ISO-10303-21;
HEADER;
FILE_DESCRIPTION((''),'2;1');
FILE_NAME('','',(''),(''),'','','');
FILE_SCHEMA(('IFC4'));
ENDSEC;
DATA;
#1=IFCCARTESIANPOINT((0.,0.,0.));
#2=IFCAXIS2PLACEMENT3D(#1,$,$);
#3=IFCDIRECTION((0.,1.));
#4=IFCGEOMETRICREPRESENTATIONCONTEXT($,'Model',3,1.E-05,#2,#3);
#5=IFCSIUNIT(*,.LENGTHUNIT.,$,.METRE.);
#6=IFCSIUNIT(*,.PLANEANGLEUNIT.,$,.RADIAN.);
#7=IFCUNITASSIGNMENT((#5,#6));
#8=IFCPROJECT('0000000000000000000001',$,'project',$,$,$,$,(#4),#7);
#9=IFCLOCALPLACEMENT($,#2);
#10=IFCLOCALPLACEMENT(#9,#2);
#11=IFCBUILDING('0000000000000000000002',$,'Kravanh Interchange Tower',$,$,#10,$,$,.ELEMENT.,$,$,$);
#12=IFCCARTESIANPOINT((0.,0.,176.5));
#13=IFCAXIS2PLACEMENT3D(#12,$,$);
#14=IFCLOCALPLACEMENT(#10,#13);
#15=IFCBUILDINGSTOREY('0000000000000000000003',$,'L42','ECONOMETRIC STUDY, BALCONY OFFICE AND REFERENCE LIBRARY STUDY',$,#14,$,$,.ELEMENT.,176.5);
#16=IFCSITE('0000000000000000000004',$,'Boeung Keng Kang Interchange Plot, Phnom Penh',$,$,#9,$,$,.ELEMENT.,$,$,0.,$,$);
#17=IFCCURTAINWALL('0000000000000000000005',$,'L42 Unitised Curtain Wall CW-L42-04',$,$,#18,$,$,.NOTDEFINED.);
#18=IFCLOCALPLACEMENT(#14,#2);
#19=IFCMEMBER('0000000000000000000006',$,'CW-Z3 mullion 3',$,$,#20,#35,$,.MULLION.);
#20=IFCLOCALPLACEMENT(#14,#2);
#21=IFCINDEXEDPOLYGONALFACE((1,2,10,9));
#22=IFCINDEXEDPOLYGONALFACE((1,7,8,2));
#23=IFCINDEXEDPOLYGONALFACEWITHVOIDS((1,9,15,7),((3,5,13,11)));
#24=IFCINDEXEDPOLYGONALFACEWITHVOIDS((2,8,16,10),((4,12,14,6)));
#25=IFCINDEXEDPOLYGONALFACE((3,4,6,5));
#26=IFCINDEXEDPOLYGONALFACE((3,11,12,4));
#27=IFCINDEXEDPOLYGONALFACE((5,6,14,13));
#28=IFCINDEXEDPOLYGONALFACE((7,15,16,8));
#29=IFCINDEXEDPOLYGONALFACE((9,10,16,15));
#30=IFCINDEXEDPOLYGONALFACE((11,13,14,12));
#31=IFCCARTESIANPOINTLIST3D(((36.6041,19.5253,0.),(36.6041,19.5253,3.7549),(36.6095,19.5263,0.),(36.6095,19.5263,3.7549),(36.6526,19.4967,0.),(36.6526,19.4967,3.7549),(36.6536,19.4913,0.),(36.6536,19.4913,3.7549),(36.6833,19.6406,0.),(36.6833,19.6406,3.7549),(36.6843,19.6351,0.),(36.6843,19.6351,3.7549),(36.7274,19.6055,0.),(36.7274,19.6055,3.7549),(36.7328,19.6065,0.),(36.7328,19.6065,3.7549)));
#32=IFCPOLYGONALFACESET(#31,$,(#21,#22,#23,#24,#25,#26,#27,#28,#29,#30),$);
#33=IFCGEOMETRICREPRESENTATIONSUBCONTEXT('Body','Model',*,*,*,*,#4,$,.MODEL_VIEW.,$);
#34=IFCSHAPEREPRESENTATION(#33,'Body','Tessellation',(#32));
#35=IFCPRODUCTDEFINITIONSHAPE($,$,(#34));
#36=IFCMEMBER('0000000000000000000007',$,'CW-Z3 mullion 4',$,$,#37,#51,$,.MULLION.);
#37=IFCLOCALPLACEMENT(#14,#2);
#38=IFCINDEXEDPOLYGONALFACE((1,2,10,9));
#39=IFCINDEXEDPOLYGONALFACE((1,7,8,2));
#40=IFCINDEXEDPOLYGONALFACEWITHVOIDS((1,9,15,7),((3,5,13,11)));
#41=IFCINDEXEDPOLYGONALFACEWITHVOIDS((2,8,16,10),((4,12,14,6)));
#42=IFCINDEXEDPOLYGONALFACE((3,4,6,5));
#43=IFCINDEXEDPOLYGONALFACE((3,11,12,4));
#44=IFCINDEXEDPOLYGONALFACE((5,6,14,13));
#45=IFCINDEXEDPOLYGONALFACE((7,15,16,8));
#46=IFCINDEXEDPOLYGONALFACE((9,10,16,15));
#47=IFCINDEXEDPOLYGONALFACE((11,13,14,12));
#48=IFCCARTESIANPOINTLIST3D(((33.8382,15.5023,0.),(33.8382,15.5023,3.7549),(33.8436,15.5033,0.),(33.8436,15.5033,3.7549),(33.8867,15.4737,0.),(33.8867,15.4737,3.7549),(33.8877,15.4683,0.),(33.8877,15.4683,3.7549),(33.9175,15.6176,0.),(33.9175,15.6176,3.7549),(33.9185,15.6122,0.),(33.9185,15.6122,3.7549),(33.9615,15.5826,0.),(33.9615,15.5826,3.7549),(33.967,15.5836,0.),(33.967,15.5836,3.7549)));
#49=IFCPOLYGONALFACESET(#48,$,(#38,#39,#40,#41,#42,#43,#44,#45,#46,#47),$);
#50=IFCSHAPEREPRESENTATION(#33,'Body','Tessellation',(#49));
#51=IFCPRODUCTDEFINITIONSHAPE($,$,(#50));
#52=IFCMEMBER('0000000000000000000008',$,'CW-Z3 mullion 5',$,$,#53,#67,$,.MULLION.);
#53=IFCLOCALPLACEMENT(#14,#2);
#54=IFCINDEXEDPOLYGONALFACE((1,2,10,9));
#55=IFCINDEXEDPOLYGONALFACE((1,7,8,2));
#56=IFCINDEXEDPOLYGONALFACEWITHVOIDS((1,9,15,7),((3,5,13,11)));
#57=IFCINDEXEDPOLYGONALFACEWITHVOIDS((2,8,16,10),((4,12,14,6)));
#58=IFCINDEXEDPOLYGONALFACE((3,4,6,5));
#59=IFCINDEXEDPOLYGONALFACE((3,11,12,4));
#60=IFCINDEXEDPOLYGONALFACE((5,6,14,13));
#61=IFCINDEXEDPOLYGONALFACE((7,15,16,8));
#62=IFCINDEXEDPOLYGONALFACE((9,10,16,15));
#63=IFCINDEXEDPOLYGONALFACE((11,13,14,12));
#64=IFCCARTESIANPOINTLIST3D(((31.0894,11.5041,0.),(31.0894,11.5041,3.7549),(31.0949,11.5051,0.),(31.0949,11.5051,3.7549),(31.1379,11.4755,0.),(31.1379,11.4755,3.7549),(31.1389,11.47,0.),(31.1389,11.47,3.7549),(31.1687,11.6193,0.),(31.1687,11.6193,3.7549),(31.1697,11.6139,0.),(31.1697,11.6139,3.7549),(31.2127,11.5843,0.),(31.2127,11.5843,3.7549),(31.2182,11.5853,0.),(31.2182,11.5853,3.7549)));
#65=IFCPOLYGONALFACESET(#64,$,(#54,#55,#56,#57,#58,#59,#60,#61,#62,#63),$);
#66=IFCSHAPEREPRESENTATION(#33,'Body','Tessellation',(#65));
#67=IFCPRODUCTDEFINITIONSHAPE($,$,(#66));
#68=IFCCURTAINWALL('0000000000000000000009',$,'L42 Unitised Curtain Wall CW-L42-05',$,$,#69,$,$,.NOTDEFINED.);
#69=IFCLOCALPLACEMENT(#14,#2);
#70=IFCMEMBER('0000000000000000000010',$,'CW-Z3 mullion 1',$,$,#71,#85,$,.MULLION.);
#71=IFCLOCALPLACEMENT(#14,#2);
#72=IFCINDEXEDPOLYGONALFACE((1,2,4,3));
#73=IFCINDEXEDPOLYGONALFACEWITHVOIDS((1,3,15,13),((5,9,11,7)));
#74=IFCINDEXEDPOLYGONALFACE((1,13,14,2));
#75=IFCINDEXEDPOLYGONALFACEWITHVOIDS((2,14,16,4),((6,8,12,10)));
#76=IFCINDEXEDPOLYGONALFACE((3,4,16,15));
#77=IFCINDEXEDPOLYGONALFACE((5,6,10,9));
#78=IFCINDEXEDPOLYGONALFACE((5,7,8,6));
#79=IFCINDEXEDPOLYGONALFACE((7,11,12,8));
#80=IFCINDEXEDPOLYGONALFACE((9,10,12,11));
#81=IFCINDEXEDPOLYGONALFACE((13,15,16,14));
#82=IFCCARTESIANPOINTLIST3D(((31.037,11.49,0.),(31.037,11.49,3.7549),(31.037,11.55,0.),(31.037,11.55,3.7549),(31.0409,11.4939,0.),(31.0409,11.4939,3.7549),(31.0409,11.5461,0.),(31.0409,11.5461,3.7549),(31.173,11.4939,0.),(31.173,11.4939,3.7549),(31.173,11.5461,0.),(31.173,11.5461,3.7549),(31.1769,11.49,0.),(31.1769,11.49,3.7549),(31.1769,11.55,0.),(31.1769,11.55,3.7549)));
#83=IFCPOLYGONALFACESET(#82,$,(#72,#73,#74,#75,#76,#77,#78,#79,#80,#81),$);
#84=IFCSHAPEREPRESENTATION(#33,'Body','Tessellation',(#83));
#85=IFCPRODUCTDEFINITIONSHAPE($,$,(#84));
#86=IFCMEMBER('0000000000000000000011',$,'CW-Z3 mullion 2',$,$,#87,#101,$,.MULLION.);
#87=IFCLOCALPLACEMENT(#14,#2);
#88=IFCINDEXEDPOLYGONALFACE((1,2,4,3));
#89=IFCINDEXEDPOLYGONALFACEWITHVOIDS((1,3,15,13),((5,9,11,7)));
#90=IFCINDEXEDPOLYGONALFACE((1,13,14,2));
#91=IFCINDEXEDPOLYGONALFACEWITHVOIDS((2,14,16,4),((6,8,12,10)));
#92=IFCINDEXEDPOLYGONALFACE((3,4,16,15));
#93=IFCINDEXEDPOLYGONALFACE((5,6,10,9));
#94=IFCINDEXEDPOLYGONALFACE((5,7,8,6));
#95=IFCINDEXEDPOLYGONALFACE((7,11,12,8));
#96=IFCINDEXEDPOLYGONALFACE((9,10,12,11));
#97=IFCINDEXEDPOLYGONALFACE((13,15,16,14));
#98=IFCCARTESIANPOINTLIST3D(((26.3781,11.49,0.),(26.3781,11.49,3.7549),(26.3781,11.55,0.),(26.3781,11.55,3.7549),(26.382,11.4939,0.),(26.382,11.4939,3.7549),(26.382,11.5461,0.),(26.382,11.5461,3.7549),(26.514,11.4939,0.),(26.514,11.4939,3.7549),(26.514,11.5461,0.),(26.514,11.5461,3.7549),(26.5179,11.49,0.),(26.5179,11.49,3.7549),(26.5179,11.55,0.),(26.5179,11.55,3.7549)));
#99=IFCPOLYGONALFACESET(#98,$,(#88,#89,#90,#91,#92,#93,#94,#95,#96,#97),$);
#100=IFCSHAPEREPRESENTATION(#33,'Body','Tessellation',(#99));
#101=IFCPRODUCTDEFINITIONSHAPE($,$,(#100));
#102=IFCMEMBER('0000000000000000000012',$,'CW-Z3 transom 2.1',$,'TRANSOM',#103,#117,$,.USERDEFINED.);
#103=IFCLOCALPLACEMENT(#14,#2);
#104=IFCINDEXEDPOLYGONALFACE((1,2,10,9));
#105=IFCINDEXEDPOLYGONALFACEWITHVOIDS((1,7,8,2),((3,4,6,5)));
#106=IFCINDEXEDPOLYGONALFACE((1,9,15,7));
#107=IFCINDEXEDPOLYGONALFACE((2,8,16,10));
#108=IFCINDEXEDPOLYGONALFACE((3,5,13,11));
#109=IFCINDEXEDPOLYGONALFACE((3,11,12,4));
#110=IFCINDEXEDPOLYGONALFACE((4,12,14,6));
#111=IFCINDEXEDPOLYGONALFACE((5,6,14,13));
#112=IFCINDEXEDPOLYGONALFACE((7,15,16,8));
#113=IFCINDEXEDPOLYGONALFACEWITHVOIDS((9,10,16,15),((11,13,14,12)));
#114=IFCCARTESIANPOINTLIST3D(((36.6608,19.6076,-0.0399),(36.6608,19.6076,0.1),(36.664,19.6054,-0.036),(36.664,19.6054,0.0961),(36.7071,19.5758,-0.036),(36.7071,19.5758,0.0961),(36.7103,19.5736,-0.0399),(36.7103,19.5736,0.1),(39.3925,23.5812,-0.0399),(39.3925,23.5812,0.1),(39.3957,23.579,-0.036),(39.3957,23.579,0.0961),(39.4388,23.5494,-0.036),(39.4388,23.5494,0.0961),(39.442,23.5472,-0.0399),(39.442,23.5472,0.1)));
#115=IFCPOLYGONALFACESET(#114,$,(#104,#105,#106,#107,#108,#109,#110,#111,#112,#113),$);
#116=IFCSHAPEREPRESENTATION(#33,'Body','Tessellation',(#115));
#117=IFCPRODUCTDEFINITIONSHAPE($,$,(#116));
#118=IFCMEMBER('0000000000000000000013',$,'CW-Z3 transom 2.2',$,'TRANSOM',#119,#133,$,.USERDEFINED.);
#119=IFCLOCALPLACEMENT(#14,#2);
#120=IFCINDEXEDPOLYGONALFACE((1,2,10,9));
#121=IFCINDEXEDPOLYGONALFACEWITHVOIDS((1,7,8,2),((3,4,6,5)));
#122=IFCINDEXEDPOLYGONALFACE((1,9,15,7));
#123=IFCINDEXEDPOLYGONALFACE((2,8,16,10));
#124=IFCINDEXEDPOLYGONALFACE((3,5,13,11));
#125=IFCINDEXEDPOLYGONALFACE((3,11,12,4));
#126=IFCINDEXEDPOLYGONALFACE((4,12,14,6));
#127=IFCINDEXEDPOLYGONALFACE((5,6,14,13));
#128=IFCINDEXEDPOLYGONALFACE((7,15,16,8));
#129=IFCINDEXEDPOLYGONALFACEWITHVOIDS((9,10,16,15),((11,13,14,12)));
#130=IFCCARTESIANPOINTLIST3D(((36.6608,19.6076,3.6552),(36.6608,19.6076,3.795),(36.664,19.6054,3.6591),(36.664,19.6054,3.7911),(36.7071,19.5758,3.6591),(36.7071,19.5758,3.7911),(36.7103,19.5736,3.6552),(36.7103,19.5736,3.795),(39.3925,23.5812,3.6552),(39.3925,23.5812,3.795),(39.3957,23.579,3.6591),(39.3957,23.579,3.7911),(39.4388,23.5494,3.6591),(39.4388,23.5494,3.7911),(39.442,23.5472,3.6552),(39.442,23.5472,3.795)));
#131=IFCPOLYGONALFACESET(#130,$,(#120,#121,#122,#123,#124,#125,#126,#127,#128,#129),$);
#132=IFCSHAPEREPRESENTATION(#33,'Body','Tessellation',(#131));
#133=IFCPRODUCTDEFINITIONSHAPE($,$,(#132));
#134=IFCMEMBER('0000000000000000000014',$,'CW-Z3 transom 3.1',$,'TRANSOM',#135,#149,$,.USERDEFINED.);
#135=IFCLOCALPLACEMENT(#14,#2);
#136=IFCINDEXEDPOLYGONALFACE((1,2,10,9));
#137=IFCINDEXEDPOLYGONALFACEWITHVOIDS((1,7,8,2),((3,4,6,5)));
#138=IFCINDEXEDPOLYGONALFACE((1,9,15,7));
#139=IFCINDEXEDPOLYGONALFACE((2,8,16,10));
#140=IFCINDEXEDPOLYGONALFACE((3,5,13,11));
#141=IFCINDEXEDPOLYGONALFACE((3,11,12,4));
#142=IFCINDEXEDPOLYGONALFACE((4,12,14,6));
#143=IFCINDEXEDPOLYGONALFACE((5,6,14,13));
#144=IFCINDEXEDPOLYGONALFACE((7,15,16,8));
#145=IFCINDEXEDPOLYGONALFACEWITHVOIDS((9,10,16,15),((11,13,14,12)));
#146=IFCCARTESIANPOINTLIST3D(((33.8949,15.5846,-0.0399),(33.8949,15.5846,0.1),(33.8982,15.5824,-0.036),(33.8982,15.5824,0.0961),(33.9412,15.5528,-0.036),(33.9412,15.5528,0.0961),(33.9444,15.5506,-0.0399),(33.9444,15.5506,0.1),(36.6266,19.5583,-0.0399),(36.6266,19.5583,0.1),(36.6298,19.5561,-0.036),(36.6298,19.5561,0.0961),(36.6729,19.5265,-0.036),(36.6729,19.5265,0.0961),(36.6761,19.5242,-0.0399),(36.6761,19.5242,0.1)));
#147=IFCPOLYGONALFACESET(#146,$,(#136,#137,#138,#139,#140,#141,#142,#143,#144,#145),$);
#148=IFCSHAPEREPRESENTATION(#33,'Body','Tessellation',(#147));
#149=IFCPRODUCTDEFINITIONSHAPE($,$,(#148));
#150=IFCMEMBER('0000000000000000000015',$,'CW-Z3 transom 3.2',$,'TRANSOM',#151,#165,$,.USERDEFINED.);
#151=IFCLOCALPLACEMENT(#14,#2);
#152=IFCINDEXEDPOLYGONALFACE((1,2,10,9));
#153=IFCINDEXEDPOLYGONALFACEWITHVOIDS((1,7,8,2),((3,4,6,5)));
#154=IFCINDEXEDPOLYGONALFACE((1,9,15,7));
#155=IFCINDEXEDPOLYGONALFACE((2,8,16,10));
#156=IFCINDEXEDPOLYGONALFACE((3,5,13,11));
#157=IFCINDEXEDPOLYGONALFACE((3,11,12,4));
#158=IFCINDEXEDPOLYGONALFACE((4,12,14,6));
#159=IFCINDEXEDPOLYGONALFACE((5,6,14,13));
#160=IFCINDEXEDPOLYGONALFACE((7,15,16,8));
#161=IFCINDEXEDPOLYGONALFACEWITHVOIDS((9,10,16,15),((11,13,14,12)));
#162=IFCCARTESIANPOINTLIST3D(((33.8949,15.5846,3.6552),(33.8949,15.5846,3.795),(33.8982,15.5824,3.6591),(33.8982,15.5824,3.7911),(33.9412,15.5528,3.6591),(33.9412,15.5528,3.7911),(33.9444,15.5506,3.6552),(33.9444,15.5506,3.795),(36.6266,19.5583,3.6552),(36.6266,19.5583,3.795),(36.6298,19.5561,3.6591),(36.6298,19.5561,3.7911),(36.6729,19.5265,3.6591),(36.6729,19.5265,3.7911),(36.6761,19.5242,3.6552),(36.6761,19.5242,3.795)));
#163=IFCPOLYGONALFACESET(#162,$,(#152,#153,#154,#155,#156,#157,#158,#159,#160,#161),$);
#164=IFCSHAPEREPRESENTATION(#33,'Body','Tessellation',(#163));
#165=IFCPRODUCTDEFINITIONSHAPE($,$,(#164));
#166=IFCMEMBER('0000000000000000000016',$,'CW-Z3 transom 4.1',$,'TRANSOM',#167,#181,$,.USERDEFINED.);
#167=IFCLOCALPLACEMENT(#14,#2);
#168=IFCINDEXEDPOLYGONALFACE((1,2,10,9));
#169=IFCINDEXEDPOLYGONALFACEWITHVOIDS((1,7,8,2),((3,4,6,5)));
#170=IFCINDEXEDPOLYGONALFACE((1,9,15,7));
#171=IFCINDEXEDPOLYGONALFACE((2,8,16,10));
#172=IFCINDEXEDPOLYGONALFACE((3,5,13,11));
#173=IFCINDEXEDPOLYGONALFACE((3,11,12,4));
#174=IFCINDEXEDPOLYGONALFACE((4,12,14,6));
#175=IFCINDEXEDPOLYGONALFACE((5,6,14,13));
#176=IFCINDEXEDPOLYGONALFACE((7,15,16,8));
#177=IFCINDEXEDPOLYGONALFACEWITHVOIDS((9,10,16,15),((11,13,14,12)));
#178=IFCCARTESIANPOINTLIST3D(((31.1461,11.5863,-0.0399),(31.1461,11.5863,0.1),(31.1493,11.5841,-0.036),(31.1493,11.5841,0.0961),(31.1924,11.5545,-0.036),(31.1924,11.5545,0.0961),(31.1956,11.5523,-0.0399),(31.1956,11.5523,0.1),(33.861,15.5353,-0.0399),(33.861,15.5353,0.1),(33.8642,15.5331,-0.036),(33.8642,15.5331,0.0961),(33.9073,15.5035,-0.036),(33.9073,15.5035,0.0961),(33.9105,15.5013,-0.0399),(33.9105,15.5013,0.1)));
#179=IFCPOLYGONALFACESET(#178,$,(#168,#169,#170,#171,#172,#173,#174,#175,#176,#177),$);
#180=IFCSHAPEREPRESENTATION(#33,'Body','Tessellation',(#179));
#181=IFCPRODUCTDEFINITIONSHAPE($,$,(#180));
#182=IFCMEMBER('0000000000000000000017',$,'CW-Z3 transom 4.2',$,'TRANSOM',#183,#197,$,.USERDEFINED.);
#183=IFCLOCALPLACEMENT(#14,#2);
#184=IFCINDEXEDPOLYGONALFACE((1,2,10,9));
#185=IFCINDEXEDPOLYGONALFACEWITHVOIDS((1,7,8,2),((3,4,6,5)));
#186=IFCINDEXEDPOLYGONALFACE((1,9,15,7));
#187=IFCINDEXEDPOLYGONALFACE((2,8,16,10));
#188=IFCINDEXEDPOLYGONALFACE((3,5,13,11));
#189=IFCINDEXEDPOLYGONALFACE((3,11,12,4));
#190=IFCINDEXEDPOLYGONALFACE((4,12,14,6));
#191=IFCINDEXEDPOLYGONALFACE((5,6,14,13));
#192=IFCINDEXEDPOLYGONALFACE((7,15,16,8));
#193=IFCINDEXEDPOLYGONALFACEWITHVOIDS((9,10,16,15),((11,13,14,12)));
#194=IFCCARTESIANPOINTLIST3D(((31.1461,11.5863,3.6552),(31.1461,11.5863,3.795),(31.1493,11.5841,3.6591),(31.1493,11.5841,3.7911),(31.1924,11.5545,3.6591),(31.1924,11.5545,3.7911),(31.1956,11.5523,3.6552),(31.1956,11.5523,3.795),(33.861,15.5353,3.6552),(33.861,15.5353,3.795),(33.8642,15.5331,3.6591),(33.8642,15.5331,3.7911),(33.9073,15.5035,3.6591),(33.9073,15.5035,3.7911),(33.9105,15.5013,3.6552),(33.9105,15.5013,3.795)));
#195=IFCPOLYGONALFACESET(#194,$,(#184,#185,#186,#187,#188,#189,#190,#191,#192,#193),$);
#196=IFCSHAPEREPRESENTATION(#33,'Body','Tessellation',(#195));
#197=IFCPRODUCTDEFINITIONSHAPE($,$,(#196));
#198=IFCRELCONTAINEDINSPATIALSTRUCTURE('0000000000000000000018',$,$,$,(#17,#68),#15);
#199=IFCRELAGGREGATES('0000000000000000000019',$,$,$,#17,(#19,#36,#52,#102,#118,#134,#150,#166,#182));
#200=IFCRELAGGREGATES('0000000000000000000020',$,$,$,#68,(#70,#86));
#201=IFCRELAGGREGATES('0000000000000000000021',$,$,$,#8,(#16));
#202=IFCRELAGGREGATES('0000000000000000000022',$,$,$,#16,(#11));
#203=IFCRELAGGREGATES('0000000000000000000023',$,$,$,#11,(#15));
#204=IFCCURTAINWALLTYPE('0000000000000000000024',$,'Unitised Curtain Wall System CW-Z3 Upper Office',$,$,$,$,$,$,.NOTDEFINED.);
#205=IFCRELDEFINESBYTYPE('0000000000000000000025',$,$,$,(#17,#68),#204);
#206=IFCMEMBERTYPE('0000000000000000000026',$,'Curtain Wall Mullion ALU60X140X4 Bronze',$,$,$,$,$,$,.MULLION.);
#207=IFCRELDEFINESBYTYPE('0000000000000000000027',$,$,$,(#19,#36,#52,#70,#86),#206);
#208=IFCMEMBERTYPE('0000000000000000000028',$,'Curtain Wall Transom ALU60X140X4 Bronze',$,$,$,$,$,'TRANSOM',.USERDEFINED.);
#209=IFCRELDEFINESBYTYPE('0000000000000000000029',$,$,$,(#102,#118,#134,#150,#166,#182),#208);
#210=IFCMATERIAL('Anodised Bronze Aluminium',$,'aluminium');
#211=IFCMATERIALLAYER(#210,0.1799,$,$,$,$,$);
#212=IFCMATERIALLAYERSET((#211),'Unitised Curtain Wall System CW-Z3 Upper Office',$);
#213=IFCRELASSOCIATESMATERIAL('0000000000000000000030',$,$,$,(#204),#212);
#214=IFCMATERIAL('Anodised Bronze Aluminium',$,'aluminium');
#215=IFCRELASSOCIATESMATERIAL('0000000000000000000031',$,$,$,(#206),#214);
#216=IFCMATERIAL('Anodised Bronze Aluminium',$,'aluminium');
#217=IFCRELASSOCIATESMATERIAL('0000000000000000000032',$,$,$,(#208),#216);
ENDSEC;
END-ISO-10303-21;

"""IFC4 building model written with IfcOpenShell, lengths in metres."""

from ifc_helpers import new_model, si_unit, direction, frame, origin, origin_2d, place, context, subcontext, project, spatial, hollow_rectangle, extrude, material, layer, layer_set, material_profile, profile_set, type_object, element, aggregate, save


model = new_model("IFC4")

# Units and contexts
model_context = context("Model", 3, precision=1e-05, world=origin(), true_north=direction((0.0, 1.0)))
body_context = subcontext(model_context, "Body", "Model", "MODEL_VIEW")
ifc_project = project(units=[si_unit("LENGTHUNIT", "METRE"), si_unit("PLANEANGLEUNIT", "RADIAN")], contexts=[model_context])

# Site, building, storey
site_placement = place(None, origin())
site = spatial("IfcSite", under=ifc_project, at=site_placement, Name="Boeung Keng Kang Interchange Plot, Phnom Penh", CompositionType="ELEMENT", RefElevation=0.0)
building_placement = place(site_placement, origin())
building = spatial("IfcBuilding", under=site, at=building_placement, Name="Kravanh Interchange Tower", CompositionType="ELEMENT")
storey_placement = place(building_placement, frame((0.0, 0.0, 176.5)))
storey = spatial("IfcBuildingStorey", under=building, at=storey_placement, Name="L42", Description="ECONOMETRIC STUDY, BALCONY OFFICE AND REFERENCE LIBRARY STUDY", CompositionType="ELEMENT", Elevation=176.5)

# Curtain walls, members
ifc_material_1 = material(Name="Anodised Bronze Aluminium", Category="aluminium")
ifc_layer_1 = layer(ifc_material_1, 0.1799)
ifc_layer_set_1 = layer_set([ifc_layer_1], Name="Unitised Curtain Wall System CW-Z3 Upper Office")
curtain_wall_type = type_object("IfcCurtainWallType", Name="Unitised Curtain Wall System CW-Z3 Upper Office", PredefinedType="NOTDEFINED", material=ifc_layer_set_1)
curtain_wall_1_placement = place(storey_placement, origin())
curtain_wall_1 = element("IfcCurtainWall", 1, at=curtain_wall_1_placement, inside=storey, type_object=curtain_wall_type, Name="L42 Unitised Curtain Wall CW-L42-04", PredefinedType="NOTDEFINED")
ifc_material_2 = material(Name="Anodised Bronze Aluminium", Category="aluminium")
ifc_material_profile_1 = material_profile(ifc_material_2, hollow_rectangle(XDim=0.0601, YDim=0.1399, WallThickness=0.0039, at=origin_2d()), Name="ALU60X140X4")
ifc_profile_set_1 = profile_set([ifc_material_profile_1], Name="Anodised Bronze Aluminium")
member_type_1 = type_object("IfcMemberType", Name="Curtain Wall Mullion ALU60X140X4 Bronze", PredefinedType="MULLION", material=ifc_profile_set_1)
member_1_placement = place(storey_placement, frame((36.6685, 19.5659, 0.0), z_axis=(0.0, 0.0, 1.0), x_axis=(0.824042, -0.566528, 0.0)))
member_1 = element("IfcMember", 2, at=member_1_placement, type_object=member_type_1, Name="CW-Z3 mullion 3", PredefinedType="MULLION", context=body_context, shape_type="SweptSolid", body=[
    extrude(hollow_rectangle(XDim=0.0601, YDim=0.1399, WallThickness=0.0039, at=origin_2d()), origin(), (0.0, 0.0, 1.0), 3.7549),
])
member_2_placement = place(storey_placement, frame((33.9026, 15.543, 0.0), z_axis=(0.0, 0.0, 1.0), x_axis=(0.824042, -0.566528, 0.0)))
member_2 = element("IfcMember", 3, at=member_2_placement, type_object=member_type_1, Name="CW-Z3 mullion 4", PredefinedType="MULLION", context=body_context, shape_type="SweptSolid", body=[
    extrude(hollow_rectangle(XDim=0.0601, YDim=0.1399, WallThickness=0.0039, at=origin_2d()), origin(), (0.0, 0.0, 1.0), 3.7549),
])
member_3_placement = place(storey_placement, frame((31.1538, 11.5447, 0.0), z_axis=(0.0, 0.0, 1.0), x_axis=(0.824042, -0.566528, 0.0)))
member_3 = element("IfcMember", 4, at=member_3_placement, type_object=member_type_1, Name="CW-Z3 mullion 5", PredefinedType="MULLION", context=body_context, shape_type="SweptSolid", body=[
    extrude(hollow_rectangle(XDim=0.0601, YDim=0.1399, WallThickness=0.0039, at=origin_2d()), origin(), (0.0, 0.0, 1.0), 3.7549),
])
curtain_wall_2_placement = place(storey_placement, origin())
curtain_wall_2 = element("IfcCurtainWall", 5, at=curtain_wall_2_placement, inside=storey, type_object=curtain_wall_type, Name="L42 Unitised Curtain Wall CW-L42-05", PredefinedType="NOTDEFINED")
member_4_placement = place(storey_placement, frame((31.1069, 11.52, 0.0), z_axis=(0.0, 0.0, 1.0), x_axis=(0.0, -1.0, 0.0)))
member_4 = element("IfcMember", 6, at=member_4_placement, type_object=member_type_1, Name="CW-Z3 mullion 1", PredefinedType="MULLION", context=body_context, shape_type="SweptSolid", body=[
    extrude(hollow_rectangle(XDim=0.0601, YDim=0.1399, WallThickness=0.0039, at=origin_2d()), origin(), (0.0, 0.0, 1.0), 3.7549),
])
member_5_placement = place(storey_placement, frame((26.448, 11.52, 0.0), z_axis=(0.0, 0.0, 1.0), x_axis=(0.0, -1.0, 0.0)))
member_5 = element("IfcMember", 7, at=member_5_placement, type_object=member_type_1, Name="CW-Z3 mullion 2", PredefinedType="MULLION", context=body_context, shape_type="SweptSolid", body=[
    extrude(hollow_rectangle(XDim=0.0601, YDim=0.1399, WallThickness=0.0039, at=origin_2d()), origin(), (0.0, 0.0, 1.0), 3.7549),
])

# Members
ifc_material_3 = material(Name="Anodised Bronze Aluminium", Category="aluminium")
ifc_material_profile_2 = material_profile(ifc_material_3, hollow_rectangle(XDim=0.0601, YDim=0.1399, WallThickness=0.0039, at=origin_2d()), Name="ALU60X140X4")
ifc_profile_set_2 = profile_set([ifc_material_profile_2], Name="Anodised Bronze Aluminium")
member_type_2 = type_object("IfcMemberType", Name="Curtain Wall Transom ALU60X140X4 Bronze", ElementType="TRANSOM", PredefinedType="USERDEFINED", material=ifc_profile_set_2)
member_6_placement = place(storey_placement, frame((39.4172, 23.5642, 0.03), z_axis=(-0.566503, -0.82406, 0.0), x_axis=(0.82406, -0.566503, 0.0)))
member_6 = element("IfcMember", 8, at=member_6_placement, type_object=member_type_2, Name="CW-Z3 transom 2.1", ObjectType="TRANSOM", PredefinedType="USERDEFINED", context=body_context, shape_type="SweptSolid", body=[
    extrude(hollow_rectangle(XDim=0.0601, YDim=0.1399, WallThickness=0.0039, at=origin_2d()), origin(), (0.0, 0.0, 1.0), 4.822),
])
member_7_placement = place(storey_placement, frame((39.4172, 23.5642, 3.7251), z_axis=(-0.566503, -0.82406, 0.0), x_axis=(0.82406, -0.566503, 0.0)))
member_7 = element("IfcMember", 9, at=member_7_placement, type_object=member_type_2, Name="CW-Z3 transom 2.2", ObjectType="TRANSOM", PredefinedType="USERDEFINED", context=body_context, shape_type="SweptSolid", body=[
    extrude(hollow_rectangle(XDim=0.0601, YDim=0.1399, WallThickness=0.0039, at=origin_2d()), origin(), (0.0, 0.0, 1.0), 4.822),
])
member_8_placement = place(storey_placement, frame((36.6514, 19.5413, 0.03), z_axis=(-0.566503, -0.82406, 0.0), x_axis=(0.82406, -0.566503, 0.0)))
member_8 = element("IfcMember", 10, at=member_8_placement, type_object=member_type_2, Name="CW-Z3 transom 3.1", ObjectType="TRANSOM", PredefinedType="USERDEFINED", context=body_context, shape_type="SweptSolid", body=[
    extrude(hollow_rectangle(XDim=0.0601, YDim=0.1399, WallThickness=0.0039, at=origin_2d()), origin(), (0.0, 0.0, 1.0), 4.822),
])
member_9_placement = place(storey_placement, frame((36.6514, 19.5413, 3.7251), z_axis=(-0.566503, -0.82406, 0.0), x_axis=(0.82406, -0.566503, 0.0)))
member_9 = element("IfcMember", 11, at=member_9_placement, type_object=member_type_2, Name="CW-Z3 transom 3.2", ObjectType="TRANSOM", PredefinedType="USERDEFINED", context=body_context, shape_type="SweptSolid", body=[
    extrude(hollow_rectangle(XDim=0.0601, YDim=0.1399, WallThickness=0.0039, at=origin_2d()), origin(), (0.0, 0.0, 1.0), 4.822),
])
member_10_placement = place(storey_placement, frame((33.8857, 15.5183, 0.03), z_axis=(-0.566518, -0.824049, 0.0), x_axis=(0.824049, -0.566518, 0.0)))
member_10 = element("IfcMember", 12, at=member_10_placement, type_object=member_type_2, Name="CW-Z3 transom 4.1", ObjectType="TRANSOM", PredefinedType="USERDEFINED", context=body_context, shape_type="SweptSolid", body=[
    extrude(hollow_rectangle(XDim=0.0601, YDim=0.1399, WallThickness=0.0039, at=origin_2d()), origin(), (0.0, 0.0, 1.0), 4.7922),
])
member_11_placement = place(storey_placement, frame((33.8857, 15.5183, 3.7251), z_axis=(-0.566518, -0.824049, 0.0), x_axis=(0.824049, -0.566518, 0.0)))
member_11 = element("IfcMember", 13, at=member_11_placement, type_object=member_type_2, Name="CW-Z3 transom 4.2", ObjectType="TRANSOM", PredefinedType="USERDEFINED", context=body_context, shape_type="SweptSolid", body=[
    extrude(hollow_rectangle(XDim=0.0601, YDim=0.1399, WallThickness=0.0039, at=origin_2d()), origin(), (0.0, 0.0, 1.0), 4.7922),
])

aggregate(curtain_wall_1, [member_1, member_2, member_3, member_6, member_7, member_8, member_9, member_10, member_11])
aggregate(curtain_wall_2, [member_4, member_5])

save(model, "model.ifc")
